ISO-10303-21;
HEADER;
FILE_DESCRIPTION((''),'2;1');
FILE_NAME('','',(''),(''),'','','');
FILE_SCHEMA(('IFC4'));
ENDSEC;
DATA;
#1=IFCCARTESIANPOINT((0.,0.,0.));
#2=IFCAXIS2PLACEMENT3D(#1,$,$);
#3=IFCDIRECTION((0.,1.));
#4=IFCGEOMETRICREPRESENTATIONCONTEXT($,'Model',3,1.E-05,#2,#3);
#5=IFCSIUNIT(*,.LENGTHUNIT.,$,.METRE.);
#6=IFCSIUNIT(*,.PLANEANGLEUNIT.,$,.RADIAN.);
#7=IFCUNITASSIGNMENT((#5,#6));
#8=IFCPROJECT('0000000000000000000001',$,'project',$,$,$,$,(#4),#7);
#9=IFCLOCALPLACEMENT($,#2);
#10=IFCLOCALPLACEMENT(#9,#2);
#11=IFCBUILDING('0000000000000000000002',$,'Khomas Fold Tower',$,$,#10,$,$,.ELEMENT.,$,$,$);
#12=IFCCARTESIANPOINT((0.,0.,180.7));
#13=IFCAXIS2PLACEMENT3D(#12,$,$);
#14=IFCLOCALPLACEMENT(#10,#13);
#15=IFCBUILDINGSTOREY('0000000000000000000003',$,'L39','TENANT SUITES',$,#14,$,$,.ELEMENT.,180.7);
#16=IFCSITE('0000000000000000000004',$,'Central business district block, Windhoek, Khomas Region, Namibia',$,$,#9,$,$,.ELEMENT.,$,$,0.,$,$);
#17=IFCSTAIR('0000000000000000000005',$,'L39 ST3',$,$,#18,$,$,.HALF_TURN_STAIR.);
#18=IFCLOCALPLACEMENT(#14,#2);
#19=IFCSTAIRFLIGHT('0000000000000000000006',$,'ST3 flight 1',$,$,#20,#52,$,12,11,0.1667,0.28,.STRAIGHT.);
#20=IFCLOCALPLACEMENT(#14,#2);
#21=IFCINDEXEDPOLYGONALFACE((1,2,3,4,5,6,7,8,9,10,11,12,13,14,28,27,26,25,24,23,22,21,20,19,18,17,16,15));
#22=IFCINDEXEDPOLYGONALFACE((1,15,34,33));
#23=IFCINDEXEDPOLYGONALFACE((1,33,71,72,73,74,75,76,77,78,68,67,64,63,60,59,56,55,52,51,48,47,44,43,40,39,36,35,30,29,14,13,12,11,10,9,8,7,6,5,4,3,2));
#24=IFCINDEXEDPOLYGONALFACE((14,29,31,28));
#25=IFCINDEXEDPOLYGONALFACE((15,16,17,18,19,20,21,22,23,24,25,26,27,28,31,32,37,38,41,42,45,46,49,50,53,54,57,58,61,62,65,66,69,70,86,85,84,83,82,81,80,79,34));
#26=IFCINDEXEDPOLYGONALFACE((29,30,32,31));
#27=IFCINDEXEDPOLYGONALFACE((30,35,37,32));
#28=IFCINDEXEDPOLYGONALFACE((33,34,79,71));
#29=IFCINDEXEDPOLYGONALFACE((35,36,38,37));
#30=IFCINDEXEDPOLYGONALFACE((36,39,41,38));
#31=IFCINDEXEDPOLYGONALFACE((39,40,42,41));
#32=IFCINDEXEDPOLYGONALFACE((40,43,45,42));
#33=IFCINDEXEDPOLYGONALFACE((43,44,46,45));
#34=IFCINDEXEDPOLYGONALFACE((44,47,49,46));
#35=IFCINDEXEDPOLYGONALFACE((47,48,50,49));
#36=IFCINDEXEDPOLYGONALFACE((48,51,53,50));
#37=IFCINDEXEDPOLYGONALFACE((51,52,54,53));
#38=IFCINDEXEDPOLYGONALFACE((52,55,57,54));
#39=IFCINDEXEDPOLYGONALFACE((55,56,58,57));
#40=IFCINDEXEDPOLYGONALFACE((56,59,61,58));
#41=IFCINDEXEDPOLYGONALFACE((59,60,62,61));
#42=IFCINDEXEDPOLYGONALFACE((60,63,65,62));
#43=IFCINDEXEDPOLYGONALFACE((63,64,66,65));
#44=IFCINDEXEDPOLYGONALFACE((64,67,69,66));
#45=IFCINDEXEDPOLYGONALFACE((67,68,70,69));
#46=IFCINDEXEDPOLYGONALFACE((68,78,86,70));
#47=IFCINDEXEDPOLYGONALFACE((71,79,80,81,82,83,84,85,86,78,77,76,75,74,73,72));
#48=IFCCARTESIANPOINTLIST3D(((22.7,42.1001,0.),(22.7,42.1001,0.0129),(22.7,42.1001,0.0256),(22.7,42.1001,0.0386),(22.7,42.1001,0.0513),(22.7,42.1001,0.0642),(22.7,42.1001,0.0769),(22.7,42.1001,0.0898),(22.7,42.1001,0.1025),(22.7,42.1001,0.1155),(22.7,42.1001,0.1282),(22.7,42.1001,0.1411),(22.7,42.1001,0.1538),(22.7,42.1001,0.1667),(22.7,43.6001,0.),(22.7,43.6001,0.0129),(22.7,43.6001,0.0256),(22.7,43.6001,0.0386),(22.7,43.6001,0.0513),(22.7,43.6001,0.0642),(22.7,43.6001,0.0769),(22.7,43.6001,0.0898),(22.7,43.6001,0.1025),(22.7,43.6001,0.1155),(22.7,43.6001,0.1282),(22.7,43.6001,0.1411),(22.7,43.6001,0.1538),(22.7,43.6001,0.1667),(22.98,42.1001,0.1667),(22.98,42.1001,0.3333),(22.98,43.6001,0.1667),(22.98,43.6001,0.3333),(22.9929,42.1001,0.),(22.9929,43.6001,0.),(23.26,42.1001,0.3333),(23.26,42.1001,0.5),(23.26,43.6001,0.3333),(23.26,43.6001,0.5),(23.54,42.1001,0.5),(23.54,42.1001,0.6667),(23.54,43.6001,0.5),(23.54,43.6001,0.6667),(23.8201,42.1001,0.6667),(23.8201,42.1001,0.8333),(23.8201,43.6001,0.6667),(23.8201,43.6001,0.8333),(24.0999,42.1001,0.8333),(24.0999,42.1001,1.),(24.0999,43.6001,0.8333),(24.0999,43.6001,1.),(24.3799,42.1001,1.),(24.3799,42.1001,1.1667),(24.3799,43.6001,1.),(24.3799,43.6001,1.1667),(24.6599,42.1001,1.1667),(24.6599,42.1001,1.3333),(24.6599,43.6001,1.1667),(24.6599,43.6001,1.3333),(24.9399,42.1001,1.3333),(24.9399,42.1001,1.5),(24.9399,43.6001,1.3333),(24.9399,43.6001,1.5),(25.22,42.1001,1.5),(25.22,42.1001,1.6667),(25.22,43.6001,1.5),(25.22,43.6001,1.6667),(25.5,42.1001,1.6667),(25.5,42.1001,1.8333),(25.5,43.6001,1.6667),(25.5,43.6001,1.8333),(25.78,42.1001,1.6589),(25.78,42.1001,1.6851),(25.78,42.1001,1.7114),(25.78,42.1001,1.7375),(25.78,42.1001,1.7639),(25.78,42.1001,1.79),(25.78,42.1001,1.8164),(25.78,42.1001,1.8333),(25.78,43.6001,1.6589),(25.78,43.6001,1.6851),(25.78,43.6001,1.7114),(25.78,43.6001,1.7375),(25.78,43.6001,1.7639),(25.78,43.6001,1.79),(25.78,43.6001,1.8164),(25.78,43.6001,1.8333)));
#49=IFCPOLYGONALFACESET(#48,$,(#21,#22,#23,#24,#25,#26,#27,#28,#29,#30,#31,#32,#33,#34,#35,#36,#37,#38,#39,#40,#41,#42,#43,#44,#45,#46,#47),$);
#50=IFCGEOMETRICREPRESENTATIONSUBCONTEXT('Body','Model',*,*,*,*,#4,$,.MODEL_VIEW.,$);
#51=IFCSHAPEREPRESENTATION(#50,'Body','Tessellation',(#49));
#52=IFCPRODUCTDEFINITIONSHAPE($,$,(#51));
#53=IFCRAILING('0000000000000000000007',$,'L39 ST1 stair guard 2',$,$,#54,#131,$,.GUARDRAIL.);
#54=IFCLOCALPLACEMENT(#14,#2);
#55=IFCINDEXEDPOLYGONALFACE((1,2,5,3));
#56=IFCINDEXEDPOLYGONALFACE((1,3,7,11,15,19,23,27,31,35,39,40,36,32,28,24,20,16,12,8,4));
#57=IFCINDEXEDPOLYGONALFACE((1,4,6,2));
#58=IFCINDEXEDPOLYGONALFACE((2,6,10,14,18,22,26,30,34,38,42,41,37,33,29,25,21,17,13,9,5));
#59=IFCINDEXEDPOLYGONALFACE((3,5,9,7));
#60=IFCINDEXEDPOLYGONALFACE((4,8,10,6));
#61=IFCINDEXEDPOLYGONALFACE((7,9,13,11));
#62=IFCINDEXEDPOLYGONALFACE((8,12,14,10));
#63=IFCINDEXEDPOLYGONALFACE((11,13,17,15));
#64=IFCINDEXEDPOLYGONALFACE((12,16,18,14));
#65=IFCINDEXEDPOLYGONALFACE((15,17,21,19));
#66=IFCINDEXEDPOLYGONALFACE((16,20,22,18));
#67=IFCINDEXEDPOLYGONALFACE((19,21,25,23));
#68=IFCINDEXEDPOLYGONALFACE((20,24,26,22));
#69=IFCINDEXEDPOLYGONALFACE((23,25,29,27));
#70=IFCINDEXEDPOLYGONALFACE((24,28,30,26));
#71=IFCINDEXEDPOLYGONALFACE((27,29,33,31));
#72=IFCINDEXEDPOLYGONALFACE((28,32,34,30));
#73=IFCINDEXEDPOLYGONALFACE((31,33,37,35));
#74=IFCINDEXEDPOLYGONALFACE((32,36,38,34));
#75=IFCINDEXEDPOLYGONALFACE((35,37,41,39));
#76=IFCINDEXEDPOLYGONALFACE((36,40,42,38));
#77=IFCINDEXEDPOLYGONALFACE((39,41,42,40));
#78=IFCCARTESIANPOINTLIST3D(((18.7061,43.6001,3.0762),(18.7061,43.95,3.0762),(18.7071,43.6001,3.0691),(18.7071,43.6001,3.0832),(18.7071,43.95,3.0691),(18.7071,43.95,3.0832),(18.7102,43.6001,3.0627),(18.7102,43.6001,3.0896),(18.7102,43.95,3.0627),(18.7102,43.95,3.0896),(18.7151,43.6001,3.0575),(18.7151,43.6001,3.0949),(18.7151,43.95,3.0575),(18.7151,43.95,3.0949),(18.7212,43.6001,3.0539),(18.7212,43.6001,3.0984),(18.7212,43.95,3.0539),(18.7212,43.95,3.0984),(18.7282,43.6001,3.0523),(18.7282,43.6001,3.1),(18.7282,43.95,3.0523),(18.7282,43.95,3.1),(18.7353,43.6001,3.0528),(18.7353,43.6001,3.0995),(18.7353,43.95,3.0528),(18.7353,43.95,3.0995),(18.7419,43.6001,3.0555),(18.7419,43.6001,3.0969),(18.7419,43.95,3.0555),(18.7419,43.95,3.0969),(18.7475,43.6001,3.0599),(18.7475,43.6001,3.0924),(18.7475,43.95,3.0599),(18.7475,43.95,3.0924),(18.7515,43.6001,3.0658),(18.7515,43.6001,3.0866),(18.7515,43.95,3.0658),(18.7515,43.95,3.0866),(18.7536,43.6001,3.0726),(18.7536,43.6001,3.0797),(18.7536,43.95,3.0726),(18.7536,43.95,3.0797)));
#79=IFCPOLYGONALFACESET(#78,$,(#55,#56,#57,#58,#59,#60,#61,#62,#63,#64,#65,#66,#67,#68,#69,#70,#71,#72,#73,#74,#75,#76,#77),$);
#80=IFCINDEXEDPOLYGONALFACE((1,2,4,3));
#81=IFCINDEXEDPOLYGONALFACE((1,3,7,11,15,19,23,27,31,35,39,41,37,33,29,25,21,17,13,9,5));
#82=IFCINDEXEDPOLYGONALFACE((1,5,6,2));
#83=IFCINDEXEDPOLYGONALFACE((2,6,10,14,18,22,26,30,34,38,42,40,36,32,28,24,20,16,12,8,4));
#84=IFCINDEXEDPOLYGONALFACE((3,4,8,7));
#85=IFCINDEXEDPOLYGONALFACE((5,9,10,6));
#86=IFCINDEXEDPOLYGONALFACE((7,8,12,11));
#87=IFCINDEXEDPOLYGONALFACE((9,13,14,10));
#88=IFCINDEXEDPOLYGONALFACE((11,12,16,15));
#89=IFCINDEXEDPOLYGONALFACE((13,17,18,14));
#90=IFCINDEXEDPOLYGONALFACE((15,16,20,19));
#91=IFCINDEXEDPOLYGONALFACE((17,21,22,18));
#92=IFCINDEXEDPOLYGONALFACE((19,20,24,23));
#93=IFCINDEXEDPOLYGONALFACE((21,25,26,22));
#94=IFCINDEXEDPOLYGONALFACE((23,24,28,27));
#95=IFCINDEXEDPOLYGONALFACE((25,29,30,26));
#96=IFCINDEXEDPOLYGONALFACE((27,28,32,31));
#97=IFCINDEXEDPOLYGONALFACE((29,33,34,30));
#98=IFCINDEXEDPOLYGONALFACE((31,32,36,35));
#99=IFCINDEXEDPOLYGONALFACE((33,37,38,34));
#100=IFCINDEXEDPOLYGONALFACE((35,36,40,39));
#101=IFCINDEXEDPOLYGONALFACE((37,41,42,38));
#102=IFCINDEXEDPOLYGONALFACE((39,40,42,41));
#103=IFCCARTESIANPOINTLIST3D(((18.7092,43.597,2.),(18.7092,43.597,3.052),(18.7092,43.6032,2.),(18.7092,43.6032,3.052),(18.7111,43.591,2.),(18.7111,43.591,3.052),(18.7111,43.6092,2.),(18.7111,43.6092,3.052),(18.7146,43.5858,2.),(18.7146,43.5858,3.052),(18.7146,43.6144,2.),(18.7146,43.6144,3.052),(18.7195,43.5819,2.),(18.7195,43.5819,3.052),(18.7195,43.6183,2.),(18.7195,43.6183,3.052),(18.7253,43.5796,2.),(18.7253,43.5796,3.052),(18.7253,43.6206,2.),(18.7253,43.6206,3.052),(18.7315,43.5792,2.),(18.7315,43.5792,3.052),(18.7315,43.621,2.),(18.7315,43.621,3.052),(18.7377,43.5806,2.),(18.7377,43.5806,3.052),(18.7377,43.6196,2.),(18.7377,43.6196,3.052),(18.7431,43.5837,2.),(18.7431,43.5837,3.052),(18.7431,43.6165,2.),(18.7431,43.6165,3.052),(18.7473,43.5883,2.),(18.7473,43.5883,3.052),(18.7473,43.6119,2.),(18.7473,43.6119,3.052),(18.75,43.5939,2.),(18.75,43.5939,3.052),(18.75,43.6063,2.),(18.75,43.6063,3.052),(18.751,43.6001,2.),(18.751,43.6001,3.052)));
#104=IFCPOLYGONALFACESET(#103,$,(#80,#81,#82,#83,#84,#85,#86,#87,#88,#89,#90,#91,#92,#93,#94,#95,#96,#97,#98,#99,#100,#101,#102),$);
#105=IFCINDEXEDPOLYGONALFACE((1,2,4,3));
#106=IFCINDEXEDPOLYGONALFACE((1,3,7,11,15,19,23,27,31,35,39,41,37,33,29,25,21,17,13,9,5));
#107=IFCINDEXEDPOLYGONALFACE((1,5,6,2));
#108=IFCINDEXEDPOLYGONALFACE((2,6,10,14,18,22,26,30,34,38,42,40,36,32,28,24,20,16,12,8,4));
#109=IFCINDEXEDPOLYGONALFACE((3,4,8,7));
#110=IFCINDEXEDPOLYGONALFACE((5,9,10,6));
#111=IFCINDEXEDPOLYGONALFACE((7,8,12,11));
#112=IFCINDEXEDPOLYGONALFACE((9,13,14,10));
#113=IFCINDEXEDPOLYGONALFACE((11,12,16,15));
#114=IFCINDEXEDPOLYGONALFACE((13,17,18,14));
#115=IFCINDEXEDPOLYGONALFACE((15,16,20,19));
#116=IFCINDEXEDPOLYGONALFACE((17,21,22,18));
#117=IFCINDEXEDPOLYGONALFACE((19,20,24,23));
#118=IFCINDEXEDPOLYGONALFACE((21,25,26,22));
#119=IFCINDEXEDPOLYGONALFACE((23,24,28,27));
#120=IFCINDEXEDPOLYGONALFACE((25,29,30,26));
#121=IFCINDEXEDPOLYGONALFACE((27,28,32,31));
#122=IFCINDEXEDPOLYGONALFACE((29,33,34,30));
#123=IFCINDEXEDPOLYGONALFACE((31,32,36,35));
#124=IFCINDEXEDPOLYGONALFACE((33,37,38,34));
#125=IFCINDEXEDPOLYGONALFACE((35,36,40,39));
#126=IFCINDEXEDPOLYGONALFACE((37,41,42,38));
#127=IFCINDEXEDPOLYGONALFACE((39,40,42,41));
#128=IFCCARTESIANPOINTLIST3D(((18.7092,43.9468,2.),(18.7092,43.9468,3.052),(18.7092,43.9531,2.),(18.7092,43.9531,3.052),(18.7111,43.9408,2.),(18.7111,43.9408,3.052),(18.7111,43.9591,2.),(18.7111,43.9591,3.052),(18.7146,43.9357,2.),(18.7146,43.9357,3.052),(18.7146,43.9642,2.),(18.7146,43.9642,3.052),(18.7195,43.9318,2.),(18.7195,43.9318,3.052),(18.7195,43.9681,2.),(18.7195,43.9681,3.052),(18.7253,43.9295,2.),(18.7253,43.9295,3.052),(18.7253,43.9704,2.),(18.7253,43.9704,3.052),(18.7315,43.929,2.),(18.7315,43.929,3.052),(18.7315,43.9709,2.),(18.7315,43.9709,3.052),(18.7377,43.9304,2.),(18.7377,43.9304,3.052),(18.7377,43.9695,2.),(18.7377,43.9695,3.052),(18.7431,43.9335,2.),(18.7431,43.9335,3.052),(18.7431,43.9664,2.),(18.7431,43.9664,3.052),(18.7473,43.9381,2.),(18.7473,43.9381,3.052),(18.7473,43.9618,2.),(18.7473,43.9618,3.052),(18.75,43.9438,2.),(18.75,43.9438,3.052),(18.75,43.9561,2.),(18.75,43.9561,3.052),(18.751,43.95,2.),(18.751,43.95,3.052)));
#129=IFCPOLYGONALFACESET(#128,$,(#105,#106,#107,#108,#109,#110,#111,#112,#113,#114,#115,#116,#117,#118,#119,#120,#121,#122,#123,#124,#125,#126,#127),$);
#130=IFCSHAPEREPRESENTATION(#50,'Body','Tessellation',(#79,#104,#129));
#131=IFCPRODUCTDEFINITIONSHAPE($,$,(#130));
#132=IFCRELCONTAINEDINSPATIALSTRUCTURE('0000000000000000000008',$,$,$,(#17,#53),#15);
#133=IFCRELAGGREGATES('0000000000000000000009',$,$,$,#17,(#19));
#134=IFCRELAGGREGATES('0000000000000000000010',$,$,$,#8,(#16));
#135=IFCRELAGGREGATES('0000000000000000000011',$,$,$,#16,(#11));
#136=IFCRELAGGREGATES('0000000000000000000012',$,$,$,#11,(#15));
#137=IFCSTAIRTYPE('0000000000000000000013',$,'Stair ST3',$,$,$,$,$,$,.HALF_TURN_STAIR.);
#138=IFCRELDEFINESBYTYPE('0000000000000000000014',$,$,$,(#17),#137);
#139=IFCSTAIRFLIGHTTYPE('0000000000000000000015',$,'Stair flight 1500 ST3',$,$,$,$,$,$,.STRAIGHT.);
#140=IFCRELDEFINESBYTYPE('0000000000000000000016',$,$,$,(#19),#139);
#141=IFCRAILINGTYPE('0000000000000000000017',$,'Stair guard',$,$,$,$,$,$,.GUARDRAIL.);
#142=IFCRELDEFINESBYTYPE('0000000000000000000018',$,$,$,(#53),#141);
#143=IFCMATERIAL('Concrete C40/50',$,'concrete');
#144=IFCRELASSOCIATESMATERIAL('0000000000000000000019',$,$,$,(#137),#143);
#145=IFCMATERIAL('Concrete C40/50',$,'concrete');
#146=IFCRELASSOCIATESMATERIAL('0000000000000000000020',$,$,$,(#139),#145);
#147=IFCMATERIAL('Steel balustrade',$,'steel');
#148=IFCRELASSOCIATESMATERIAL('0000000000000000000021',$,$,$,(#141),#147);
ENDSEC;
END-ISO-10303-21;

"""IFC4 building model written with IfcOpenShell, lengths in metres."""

from ifc_helpers import new_model, si_unit, direction, frame, origin, origin_2d, place, context, subcontext, project, spatial, polyline, circle, outline, extrude, source, transform, mapped, material, type_object, element, aggregate, save


model = new_model("IFC4")

# Units and contexts
model_context = context("Model", 3, precision=1e-05, world=origin(), true_north=direction((0.0, 1.0)))
body_context = subcontext(model_context, "Body", "Model", "MODEL_VIEW")
ifc_project = project(units=[si_unit("LENGTHUNIT", "METRE"), si_unit("PLANEANGLEUNIT", "RADIAN")], contexts=[model_context])

# Site, building, storey
site_placement = place(None, origin())
site = spatial("IfcSite", under=ifc_project, at=site_placement, Name="Central business district block, Windhoek, Khomas Region, Namibia", CompositionType="ELEMENT", RefElevation=0.0)
building_placement = place(site_placement, origin())
building = spatial("IfcBuilding", under=site, at=building_placement, Name="Khomas Fold Tower", CompositionType="ELEMENT")
storey_placement = place(building_placement, frame((0.0, 0.0, 180.7)))
storey = spatial("IfcBuildingStorey", under=building, at=storey_placement, Name="L39", Description="TENANT SUITES", CompositionType="ELEMENT", Elevation=180.7)

# Stair, stair flight
shared_shape_1 = source(origin(), body_context, "Body", "SweptSolid", [
    extrude(outline(polyline([(0.0, 0.0), (0.0, 0.0129), (0.0, 0.0256), (0.0, 0.0386), (0.0, 0.0513), (0.0, 0.0642), (0.0, 0.0769), (0.0, 0.0898), (0.0, 0.1025), (0.0, 0.1155), (0.0, 0.1282), (0.0, 0.1411), (0.0, 0.1538), (0.0, 0.1667), (0.28, 0.1667), (0.28, 0.3333), (0.5601, 0.3333), (0.5601, 0.5), (0.8401, 0.5), (0.8401, 0.6667), (1.1201, 0.6667), (1.1201, 0.8333), (1.3999, 0.8333), (1.3999, 1.0), (1.6799, 1.0), (1.6799, 1.1667), (1.96, 1.1667), (1.96, 1.3333), (2.24, 1.3333), (2.24, 1.5), (2.52, 1.5), (2.52, 1.6667), (2.8, 1.6667), (2.8, 1.8333), (3.0801, 1.8333), (3.0801, 2.0), (3.0801, 1.9739), (3.0801, 1.9475), (3.0801, 1.9214), (3.0801, 1.895), (3.0801, 1.8689), (3.0801, 1.8425), (3.0801, 1.8164), (3.0801, 1.79), (3.0801, 1.7639), (3.0801, 1.7375), (3.0801, 1.7114), (3.0801, 1.6851), (3.0801, 1.6589), (0.293, 0.0), (0.0, 0.0)])), frame((0.0, 0.75, 0.0), z_axis=(0.0, -1.0, 0.0), x_axis=(1.0, 0.0, 0.0)), (0.0, 0.0, 1.0), 1.5),
])
ifc_material_1 = material(Name="Concrete C40/50", Category="concrete")
stair_type_1 = type_object("IfcStairType", Name="Stair ST3", PredefinedType="HALF_TURN_STAIR", material=ifc_material_1)
stair_1_placement = place(storey_placement, origin())
stair_1 = element("IfcStair", 1, at=stair_1_placement, inside=storey, type_object=stair_type_1, Name="L39 ST3", PredefinedType="HALF_TURN_STAIR")
ifc_material_2 = material(Name="Concrete C40/50", Category="concrete")
stair_flight_type_1 = type_object("IfcStairFlightType", Name="Stair flight 1500 ST3", PredefinedType="STRAIGHT", material=ifc_material_2)
stair_flight_1_placement = place(storey_placement, frame((22.7, 42.8501, 0.0), z_axis=(0.0, 0.0, 1.0), x_axis=(1.0, 0.0, 0.0)))
stair_flight_1 = element("IfcStairFlight", 2, at=stair_flight_1_placement, type_object=stair_flight_type_1, Name="ST3 flight 1", NumberOfRisers=12, NumberOfTreads=11, PredefinedType="STRAIGHT", RiserHeight=0.1667, TreadLength=0.28, context=body_context, shape_type="MappedRepresentation", body=[
    mapped(shared_shape_1, transform((0.0, 0.0, 0.0))),
])
aggregate(stair_1, [stair_flight_1])

# Railing
ifc_material_3 = material(Name="Steel balustrade", Category="steel")
railing_type_1 = type_object("IfcRailingType", Name="Stair guard", PredefinedType="GUARDRAIL", material=ifc_material_3)
shared_shape_2 = source(origin(), body_context, "Body", "SweptSolid", [
    extrude(circle(Radius=0.0239, at=origin_2d()), frame((0.0, 0.0, 1.0762), z_axis=(0.0, 1.0, 0.0), x_axis=(-1.0, 0.0, 0.0)), (0.0, 0.0, 1.0), 0.3499),
    extrude(circle(Radius=0.021, at=origin_2d()), origin(), (0.0, 0.0, 1.0), 1.052),
    extrude(circle(Radius=0.021, at=origin_2d()), frame((0.0, 0.3499, 0.0)), (0.0, 0.0, 1.0), 1.052),
])
for number, where, name in (
    (3, (18.73, 43.6001, 2.0), "L39 ST1 stair guard 2"),
):
    element("IfcRailing", number, at=place(storey_placement, frame(where)), inside=storey, type_object=railing_type_1, Name=name, PredefinedType="GUARDRAIL", context=body_context, shape_type="MappedRepresentation", body=[
        mapped(shared_shape_2, transform((0.0, 0.0, 0.0))),
    ])

save(model, "model.ifc")
